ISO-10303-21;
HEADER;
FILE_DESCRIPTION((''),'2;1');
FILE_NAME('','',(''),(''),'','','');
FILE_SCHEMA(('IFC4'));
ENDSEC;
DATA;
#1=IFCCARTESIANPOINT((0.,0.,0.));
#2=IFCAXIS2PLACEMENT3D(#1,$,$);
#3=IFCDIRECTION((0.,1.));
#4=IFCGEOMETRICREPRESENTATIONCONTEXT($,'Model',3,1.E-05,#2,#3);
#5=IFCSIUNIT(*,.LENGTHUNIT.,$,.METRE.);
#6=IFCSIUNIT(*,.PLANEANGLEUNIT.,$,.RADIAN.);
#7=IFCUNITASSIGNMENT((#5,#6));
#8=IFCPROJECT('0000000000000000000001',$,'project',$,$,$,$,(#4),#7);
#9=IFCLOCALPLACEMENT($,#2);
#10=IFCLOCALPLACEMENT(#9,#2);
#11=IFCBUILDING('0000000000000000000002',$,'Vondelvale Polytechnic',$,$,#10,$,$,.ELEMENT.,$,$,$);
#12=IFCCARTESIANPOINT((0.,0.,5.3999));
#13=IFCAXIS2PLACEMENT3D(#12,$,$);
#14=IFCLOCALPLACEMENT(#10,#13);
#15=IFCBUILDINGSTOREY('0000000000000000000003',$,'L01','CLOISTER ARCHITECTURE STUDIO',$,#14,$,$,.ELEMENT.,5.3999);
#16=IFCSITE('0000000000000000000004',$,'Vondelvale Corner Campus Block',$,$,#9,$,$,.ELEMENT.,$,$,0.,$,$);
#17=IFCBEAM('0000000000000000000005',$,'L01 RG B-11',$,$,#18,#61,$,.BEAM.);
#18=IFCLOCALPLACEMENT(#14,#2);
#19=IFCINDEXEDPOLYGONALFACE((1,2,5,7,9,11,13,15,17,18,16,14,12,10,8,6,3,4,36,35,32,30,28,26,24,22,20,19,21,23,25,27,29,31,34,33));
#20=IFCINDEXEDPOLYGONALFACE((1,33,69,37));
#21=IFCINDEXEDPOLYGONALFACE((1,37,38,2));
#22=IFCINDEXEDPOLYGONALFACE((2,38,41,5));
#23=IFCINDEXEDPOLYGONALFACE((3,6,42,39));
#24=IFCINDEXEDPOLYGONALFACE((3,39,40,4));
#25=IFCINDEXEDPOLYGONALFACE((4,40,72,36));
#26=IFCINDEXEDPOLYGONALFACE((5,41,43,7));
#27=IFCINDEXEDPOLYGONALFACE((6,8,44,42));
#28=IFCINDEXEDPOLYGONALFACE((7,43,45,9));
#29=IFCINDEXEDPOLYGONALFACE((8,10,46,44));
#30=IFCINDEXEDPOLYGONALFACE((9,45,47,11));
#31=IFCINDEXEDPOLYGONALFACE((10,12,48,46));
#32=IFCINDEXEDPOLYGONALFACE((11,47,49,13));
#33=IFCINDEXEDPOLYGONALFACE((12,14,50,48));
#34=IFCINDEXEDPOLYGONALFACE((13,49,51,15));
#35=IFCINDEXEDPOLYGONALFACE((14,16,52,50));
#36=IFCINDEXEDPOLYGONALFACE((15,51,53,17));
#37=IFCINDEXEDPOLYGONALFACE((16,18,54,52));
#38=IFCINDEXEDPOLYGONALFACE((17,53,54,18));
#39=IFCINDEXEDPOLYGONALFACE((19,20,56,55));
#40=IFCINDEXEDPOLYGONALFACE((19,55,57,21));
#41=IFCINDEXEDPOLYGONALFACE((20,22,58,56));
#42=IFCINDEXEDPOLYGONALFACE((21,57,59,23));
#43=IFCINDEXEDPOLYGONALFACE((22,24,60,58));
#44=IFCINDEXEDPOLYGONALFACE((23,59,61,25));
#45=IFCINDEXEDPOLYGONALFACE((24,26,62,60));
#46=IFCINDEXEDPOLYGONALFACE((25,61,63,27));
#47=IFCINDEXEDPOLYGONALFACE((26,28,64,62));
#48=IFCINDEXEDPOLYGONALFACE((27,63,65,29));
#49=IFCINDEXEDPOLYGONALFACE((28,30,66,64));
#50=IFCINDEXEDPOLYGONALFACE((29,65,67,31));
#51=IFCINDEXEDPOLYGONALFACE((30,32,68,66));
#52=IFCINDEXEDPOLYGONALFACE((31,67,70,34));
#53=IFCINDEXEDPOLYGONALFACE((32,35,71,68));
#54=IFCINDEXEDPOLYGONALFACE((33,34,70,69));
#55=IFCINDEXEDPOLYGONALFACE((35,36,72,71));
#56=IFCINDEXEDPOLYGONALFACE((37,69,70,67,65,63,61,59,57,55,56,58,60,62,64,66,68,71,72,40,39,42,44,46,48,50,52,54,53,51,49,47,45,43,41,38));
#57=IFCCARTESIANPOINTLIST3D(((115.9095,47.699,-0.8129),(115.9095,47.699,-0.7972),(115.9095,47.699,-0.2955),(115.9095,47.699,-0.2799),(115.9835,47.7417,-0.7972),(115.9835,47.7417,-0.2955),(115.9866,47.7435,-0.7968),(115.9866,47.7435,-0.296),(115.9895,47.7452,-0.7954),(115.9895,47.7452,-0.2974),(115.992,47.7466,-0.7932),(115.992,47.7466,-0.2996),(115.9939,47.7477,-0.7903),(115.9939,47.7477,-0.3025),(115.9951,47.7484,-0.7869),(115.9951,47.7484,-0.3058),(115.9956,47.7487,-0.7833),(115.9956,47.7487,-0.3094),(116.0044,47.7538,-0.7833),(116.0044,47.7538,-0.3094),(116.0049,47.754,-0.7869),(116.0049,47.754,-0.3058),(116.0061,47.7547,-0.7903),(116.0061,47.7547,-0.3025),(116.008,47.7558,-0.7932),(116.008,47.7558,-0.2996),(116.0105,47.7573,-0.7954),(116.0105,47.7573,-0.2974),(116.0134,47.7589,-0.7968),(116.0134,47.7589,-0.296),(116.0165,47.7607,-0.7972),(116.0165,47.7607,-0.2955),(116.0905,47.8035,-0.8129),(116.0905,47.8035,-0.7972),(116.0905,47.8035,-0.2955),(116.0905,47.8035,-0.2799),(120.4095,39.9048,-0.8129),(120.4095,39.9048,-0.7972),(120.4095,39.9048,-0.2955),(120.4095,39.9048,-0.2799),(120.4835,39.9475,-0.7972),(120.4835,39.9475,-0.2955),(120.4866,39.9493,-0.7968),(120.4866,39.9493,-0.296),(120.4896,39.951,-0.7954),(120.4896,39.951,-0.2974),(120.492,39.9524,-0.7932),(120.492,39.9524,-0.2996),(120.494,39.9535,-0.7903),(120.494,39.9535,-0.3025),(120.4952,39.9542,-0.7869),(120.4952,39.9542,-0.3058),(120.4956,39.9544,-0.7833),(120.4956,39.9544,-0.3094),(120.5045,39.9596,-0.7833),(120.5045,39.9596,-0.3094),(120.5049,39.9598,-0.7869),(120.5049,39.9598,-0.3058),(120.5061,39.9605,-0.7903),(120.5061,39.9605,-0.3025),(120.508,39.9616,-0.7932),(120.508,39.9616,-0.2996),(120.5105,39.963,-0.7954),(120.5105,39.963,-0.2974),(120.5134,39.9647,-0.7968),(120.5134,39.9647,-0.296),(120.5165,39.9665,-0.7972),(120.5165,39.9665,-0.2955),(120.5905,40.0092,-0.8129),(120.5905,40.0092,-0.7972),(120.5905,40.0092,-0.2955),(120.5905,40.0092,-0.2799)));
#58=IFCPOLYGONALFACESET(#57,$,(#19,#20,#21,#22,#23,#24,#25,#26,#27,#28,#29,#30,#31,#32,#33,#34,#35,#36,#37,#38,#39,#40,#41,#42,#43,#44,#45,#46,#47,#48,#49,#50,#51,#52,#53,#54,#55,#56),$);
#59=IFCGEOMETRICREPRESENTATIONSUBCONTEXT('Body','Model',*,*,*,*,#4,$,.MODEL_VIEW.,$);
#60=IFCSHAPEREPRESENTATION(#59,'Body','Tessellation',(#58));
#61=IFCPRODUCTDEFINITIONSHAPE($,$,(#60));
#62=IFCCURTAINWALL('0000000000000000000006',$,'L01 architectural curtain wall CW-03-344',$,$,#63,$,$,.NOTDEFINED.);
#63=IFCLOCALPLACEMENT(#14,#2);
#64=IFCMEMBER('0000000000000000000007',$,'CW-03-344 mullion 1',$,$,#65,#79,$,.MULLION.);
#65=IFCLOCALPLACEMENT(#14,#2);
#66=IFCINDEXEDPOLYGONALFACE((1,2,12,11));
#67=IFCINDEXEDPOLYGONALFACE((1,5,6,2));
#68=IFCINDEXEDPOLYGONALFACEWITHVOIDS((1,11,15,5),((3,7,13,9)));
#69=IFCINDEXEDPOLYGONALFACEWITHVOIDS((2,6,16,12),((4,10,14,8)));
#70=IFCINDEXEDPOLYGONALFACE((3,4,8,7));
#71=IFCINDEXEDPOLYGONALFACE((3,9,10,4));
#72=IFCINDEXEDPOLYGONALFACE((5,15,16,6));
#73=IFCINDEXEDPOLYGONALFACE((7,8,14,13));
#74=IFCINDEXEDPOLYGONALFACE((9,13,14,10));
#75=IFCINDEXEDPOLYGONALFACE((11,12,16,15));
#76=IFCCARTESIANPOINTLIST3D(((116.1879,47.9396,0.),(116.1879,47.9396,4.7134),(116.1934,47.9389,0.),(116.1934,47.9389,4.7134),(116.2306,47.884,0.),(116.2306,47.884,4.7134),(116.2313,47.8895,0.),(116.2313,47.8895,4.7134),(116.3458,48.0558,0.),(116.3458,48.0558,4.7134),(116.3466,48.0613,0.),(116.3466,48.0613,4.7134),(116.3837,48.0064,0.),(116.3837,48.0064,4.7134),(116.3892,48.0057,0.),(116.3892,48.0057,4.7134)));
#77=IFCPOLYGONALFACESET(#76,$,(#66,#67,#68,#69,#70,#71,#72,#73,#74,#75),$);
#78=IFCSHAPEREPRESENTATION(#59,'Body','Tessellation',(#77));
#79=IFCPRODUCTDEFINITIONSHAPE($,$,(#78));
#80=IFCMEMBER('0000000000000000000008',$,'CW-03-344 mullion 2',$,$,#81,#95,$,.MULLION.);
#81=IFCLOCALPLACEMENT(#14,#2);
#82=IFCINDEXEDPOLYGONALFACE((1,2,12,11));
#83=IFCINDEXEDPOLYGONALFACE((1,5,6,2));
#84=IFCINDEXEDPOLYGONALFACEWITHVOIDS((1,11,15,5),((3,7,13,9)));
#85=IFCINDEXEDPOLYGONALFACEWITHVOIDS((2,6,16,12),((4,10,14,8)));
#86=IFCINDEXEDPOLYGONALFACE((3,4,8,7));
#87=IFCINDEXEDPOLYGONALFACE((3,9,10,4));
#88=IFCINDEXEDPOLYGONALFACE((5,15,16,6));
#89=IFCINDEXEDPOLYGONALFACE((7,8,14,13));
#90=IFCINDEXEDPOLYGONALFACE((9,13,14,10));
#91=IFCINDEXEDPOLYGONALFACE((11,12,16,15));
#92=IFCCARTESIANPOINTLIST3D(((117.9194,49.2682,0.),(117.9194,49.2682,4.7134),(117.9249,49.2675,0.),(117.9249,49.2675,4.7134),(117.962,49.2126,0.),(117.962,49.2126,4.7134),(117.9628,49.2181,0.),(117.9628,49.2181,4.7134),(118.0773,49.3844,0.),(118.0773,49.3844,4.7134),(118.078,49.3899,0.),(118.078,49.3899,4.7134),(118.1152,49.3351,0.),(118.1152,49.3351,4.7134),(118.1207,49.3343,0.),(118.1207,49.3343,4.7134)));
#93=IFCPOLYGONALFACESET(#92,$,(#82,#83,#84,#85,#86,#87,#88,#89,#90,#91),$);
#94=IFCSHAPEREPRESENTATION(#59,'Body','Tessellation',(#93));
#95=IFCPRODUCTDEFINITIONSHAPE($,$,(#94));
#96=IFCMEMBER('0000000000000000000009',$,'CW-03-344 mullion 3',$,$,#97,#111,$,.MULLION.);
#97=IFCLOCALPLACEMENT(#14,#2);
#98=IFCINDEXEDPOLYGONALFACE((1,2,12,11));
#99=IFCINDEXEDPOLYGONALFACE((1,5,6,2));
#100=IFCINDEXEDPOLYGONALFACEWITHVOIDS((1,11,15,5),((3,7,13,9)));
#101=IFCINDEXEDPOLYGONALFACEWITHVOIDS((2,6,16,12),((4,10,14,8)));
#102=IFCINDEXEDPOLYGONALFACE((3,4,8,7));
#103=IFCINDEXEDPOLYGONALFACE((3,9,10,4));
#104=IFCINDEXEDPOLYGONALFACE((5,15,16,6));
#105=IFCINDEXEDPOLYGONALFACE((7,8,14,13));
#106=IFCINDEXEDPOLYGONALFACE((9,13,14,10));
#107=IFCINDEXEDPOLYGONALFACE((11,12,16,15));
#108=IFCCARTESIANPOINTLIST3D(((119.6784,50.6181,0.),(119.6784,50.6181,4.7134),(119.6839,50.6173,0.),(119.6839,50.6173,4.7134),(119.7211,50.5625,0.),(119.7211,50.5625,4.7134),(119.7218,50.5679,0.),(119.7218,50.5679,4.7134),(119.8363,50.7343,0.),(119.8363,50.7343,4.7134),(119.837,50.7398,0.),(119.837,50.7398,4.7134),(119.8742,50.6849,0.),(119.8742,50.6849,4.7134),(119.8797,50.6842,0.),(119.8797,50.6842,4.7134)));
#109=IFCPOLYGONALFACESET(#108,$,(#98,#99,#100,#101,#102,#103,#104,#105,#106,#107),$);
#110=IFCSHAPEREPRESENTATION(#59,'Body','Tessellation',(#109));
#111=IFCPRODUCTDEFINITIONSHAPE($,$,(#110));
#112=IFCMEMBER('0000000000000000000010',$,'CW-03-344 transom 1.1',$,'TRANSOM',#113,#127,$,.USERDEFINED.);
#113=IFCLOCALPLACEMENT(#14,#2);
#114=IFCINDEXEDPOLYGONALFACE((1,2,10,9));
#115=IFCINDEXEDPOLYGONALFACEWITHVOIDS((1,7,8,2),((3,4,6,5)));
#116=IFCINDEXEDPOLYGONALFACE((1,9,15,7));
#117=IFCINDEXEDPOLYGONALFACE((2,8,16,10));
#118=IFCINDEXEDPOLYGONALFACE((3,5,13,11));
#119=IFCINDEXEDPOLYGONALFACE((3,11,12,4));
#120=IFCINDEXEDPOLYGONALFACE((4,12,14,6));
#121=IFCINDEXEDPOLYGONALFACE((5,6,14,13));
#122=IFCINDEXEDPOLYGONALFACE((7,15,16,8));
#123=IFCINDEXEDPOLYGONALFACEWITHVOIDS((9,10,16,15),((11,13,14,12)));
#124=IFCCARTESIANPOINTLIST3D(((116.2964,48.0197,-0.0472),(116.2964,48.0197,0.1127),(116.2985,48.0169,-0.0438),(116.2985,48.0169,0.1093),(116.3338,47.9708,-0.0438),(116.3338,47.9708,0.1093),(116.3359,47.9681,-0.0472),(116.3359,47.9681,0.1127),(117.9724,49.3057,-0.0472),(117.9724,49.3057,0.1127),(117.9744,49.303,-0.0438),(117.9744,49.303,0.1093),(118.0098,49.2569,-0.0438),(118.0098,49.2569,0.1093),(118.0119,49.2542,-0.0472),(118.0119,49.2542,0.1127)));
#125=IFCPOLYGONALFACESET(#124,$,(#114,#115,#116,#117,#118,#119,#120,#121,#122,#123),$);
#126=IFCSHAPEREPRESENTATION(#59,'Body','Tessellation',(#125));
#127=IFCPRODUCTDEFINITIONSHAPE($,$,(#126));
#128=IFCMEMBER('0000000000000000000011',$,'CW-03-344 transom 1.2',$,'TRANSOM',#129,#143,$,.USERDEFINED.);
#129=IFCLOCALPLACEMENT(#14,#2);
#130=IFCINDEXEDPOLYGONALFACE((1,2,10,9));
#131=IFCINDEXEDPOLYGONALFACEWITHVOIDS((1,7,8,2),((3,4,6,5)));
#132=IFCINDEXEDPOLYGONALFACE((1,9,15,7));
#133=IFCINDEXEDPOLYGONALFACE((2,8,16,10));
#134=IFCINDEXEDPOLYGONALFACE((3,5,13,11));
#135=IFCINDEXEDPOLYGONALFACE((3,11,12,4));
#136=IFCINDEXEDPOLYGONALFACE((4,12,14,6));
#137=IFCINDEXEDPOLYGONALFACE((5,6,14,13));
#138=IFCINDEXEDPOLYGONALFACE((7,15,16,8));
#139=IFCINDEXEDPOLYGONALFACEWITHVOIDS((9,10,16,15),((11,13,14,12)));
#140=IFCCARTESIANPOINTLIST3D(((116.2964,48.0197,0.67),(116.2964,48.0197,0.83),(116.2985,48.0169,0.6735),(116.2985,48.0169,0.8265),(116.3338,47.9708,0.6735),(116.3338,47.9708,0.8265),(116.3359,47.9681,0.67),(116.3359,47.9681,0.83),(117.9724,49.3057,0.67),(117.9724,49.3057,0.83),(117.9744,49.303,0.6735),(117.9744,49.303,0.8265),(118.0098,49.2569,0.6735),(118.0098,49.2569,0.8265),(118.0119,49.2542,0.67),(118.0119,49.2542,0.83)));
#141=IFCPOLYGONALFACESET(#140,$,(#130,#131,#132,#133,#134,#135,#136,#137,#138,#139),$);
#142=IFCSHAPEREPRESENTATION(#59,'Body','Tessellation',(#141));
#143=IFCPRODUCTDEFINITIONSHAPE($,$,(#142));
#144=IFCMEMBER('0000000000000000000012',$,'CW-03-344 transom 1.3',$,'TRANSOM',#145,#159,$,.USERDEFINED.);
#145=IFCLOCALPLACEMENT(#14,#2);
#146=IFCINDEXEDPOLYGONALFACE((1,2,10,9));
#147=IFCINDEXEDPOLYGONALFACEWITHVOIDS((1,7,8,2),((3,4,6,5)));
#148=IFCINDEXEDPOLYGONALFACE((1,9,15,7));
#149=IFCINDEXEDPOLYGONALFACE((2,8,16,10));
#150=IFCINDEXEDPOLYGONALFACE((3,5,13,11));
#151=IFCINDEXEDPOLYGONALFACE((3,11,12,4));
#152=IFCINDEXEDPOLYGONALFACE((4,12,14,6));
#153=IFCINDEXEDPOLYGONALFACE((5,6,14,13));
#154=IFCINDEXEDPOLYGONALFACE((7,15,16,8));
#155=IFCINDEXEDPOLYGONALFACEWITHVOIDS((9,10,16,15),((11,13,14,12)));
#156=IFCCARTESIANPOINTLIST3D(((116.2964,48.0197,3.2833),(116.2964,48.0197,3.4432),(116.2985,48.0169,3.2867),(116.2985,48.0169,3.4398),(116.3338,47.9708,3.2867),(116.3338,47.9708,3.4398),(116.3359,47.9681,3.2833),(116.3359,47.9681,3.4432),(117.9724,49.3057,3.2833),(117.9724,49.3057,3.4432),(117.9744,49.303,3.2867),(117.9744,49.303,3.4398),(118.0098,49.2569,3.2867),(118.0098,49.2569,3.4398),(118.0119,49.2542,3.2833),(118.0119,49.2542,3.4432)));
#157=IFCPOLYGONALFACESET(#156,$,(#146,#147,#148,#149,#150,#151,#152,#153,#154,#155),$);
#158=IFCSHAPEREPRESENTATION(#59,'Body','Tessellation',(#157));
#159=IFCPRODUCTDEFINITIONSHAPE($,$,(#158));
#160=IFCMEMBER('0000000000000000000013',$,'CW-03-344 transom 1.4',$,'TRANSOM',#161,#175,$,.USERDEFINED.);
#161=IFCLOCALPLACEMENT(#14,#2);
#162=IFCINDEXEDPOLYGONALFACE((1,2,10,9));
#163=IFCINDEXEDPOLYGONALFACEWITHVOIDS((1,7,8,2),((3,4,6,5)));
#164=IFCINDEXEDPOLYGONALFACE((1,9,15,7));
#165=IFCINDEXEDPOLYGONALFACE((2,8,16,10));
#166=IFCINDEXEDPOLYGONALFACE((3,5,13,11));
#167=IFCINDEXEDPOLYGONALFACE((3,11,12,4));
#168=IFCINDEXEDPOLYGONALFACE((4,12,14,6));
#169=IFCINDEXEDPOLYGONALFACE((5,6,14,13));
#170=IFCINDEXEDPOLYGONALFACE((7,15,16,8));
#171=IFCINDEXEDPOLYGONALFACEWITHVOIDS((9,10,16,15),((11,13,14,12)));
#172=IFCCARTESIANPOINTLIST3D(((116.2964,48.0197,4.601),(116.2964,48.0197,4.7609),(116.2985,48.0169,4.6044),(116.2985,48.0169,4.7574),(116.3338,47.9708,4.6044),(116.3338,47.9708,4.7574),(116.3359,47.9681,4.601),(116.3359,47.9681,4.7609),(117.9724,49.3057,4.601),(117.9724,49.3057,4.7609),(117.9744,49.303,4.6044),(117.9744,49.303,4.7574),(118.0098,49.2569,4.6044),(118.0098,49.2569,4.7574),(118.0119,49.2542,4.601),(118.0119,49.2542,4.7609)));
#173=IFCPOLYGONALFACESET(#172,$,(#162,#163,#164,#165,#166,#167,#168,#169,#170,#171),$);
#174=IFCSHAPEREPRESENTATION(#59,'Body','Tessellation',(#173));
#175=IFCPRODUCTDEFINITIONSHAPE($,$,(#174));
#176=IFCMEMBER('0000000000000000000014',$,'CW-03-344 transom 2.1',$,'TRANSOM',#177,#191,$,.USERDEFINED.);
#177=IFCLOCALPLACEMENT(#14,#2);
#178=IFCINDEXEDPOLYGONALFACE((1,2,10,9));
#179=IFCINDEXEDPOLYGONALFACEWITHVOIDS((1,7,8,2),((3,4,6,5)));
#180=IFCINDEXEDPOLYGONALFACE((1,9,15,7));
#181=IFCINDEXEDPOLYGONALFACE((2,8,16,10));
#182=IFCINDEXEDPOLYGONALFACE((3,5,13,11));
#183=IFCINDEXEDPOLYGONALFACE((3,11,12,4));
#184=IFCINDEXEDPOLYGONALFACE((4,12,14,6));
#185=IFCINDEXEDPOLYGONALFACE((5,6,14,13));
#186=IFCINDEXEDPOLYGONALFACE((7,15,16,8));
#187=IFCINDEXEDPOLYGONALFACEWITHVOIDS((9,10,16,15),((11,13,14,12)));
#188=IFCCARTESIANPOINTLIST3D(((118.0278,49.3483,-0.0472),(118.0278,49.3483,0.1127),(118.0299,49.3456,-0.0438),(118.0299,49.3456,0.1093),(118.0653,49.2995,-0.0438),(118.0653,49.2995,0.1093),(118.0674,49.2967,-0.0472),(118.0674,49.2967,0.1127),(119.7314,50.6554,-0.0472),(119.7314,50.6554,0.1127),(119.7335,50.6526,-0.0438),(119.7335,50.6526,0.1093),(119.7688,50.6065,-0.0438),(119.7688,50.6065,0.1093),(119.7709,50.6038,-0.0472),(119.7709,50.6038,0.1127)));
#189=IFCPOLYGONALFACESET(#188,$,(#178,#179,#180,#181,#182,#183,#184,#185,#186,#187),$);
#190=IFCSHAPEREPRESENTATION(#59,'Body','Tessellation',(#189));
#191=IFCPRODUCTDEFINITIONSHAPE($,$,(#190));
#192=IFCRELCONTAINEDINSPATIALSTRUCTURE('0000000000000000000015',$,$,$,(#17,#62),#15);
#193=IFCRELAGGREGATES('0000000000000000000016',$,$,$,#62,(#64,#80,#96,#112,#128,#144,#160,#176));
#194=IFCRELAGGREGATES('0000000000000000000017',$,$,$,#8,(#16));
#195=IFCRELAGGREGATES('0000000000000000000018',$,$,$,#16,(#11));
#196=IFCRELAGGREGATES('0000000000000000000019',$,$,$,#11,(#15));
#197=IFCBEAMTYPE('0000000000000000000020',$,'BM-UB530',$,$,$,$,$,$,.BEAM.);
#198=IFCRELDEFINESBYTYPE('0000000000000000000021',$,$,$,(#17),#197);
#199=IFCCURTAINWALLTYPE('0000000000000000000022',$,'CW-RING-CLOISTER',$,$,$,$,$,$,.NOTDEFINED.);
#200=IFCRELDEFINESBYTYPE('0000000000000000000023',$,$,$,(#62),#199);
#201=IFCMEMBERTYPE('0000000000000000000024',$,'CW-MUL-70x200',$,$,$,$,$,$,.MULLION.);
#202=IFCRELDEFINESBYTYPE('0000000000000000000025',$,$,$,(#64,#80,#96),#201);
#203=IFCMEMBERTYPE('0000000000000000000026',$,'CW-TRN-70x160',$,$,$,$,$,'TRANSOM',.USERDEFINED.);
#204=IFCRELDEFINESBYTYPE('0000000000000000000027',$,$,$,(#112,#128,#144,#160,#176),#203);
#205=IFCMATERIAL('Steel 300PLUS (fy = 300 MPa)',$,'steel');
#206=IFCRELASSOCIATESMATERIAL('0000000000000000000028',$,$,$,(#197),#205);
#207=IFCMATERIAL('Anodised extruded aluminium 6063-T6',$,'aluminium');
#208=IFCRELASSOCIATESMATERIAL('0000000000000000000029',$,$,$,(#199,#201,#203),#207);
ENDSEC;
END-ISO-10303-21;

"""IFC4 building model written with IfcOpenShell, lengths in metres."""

from ifc_helpers import new_model, si_unit, direction, frame, origin, origin_2d, place, context, subcontext, project, spatial, hollow_rectangle, i_section, extrude, material, material_profile, profile_set, type_object, element, aggregate, save


model = new_model("IFC4")

# Units and contexts
model_context = context("Model", 3, precision=1e-05, world=origin(), true_north=direction((0.0, 1.0)))
body_context = subcontext(model_context, "Body", "Model", "MODEL_VIEW")
ifc_project = project(units=[si_unit("LENGTHUNIT", "METRE"), si_unit("PLANEANGLEUNIT", "RADIAN")], contexts=[model_context])

# Site, building, storey
site_placement = place(None, origin())
site = spatial("IfcSite", under=ifc_project, at=site_placement, Name="Vondelvale Corner Campus Block", CompositionType="ELEMENT", RefElevation=0.0)
building_placement = place(site_placement, origin())
building = spatial("IfcBuilding", under=site, at=building_placement, Name="Vondelvale Polytechnic", CompositionType="ELEMENT")
storey_placement = place(building_placement, frame((0.0, 0.0, 5.3999)))
storey = spatial("IfcBuildingStorey", under=building, at=storey_placement, Name="L01", Description="CLOISTER ARCHITECTURE STUDIO", CompositionType="ELEMENT", Elevation=5.3999)

# Beam
ifc_material_1 = material(Name="Steel 300PLUS (fy = 300 MPa)", Category="steel")
ifc_material_profile_1 = material_profile(ifc_material_1, i_section(OverallWidth=0.209, OverallDepth=0.533, WebThickness=0.0103, FlangeThickness=0.0156, FilletRadius=0.0139, at=origin_2d()), Name="530UB92.4")
ifc_profile_set_1 = profile_set([ifc_material_profile_1], Name="Steel 300PLUS (fy = 300 MPa)")
beam_type_1 = type_object("IfcBeamType", Name="BM-UB530", PredefinedType="BEAM", material=ifc_profile_set_1)
beam_1_placement = place(storey_placement, frame((116.0, 47.7512, -0.5464), z_axis=(0.500002, -0.866024, 0.0), x_axis=(0.866024, 0.500002, 0.0)))
element("IfcBeam", 1, at=beam_1_placement, inside=storey, type_object=beam_type_1, Name="L01 RG B-11", PredefinedType="BEAM", context=body_context, shape_type="SweptSolid", body=[
    extrude(i_section(OverallWidth=0.209, OverallDepth=0.533, WebThickness=0.0103, FlangeThickness=0.0156, FilletRadius=0.0139, at=origin_2d()), origin(), (0.0, 0.0, 1.0), 9.0),
])

# Curtain wall, members
ifc_material_2 = material(Name="Anodised extruded aluminium 6063-T6", Category="aluminium")
curtain_wall_type = type_object("IfcCurtainWallType", Name="CW-RING-CLOISTER", PredefinedType="NOTDEFINED", material=ifc_material_2)
curtain_wall_placement = place(storey_placement, origin())
curtain_wall = element("IfcCurtainWall", 2, at=curtain_wall_placement, inside=storey, type_object=curtain_wall_type, Name="L01 architectural curtain wall CW-03-344", PredefinedType="NOTDEFINED")
ifc_material_profile_2 = material_profile(ifc_material_2, hollow_rectangle(XDim=0.0701, YDim=0.2, WallThickness=0.0039, at=origin_2d()), Name="CW-MUL-200x70")
ifc_profile_set_2 = profile_set([ifc_material_profile_2], Name="Anodised extruded aluminium 6063-T6")
member_type_1 = type_object("IfcMemberType", Name="CW-MUL-70x200", PredefinedType="MULLION", material=ifc_profile_set_2)
member_1_placement = place(storey_placement, frame((116.2886, 47.9727, 0.0), z_axis=(0.0, 0.0, 1.0), x_axis=(-0.608748, 0.793364, 0.0)))
member_1 = element("IfcMember", 3, at=member_1_placement, type_object=member_type_1, Name="CW-03-344 mullion 1", PredefinedType="MULLION", context=body_context, shape_type="SweptSolid", body=[
    extrude(hollow_rectangle(XDim=0.0701, YDim=0.2, WallThickness=0.0039, at=origin_2d()), origin(), (0.0, 0.0, 1.0), 4.7134),
])
member_2_placement = place(storey_placement, frame((118.02, 49.3013, 0.0), z_axis=(0.0, 0.0, 1.0), x_axis=(-0.608748, 0.793364, 0.0)))
member_2 = element("IfcMember", 4, at=member_2_placement, type_object=member_type_1, Name="CW-03-344 mullion 2", PredefinedType="MULLION", context=body_context, shape_type="SweptSolid", body=[
    extrude(hollow_rectangle(XDim=0.0701, YDim=0.2, WallThickness=0.0039, at=origin_2d()), origin(), (0.0, 0.0, 1.0), 4.7134),
])
member_3_placement = place(storey_placement, frame((119.7791, 50.6511, 0.0), z_axis=(0.0, 0.0, 1.0), x_axis=(-0.608748, 0.793364, 0.0)))
member_3 = element("IfcMember", 5, at=member_3_placement, type_object=member_type_1, Name="CW-03-344 mullion 3", PredefinedType="MULLION", context=body_context, shape_type="SweptSolid", body=[
    extrude(hollow_rectangle(XDim=0.0701, YDim=0.2, WallThickness=0.0039, at=origin_2d()), origin(), (0.0, 0.0, 1.0), 4.7134),
])
ifc_material_profile_3 = material_profile(ifc_material_2, hollow_rectangle(XDim=0.0649, YDim=0.1599, WallThickness=0.0034, at=origin_2d()), Name="CW-TRN-160x65")
ifc_profile_set_3 = profile_set([ifc_material_profile_3], Name="Anodised extruded aluminium 6063-T6")
member_type_2 = type_object("IfcMemberType", Name="CW-TRN-70x160", ElementType="TRANSOM", PredefinedType="USERDEFINED", material=ifc_profile_set_3)
member_4_placement = place(storey_placement, frame((116.3162, 47.9939, 0.0327), z_axis=(0.793337, 0.608783, 0.0), x_axis=(-0.608783, 0.793337, 0.0)))
member_4 = element("IfcMember", 6, at=member_4_placement, type_object=member_type_2, Name="CW-03-344 transom 1.1", ObjectType="TRANSOM", PredefinedType="USERDEFINED", context=body_context, shape_type="SweptSolid", body=[
    extrude(hollow_rectangle(XDim=0.0649, YDim=0.1599, WallThickness=0.0034, at=origin_2d()), origin(), (0.0, 0.0, 1.0), 2.1125),
])
member_5_placement = place(storey_placement, frame((116.3162, 47.9939, 0.75), z_axis=(0.793337, 0.608783, 0.0), x_axis=(-0.608783, 0.793337, 0.0)))
member_5 = element("IfcMember", 7, at=member_5_placement, type_object=member_type_2, Name="CW-03-344 transom 1.2", ObjectType="TRANSOM", PredefinedType="USERDEFINED", context=body_context, shape_type="SweptSolid", body=[
    extrude(hollow_rectangle(XDim=0.0649, YDim=0.1599, WallThickness=0.0034, at=origin_2d()), origin(), (0.0, 0.0, 1.0), 2.1125),
])
member_6_placement = place(storey_placement, frame((116.3162, 47.9939, 3.3633), z_axis=(0.793337, 0.608783, 0.0), x_axis=(-0.608783, 0.793337, 0.0)))
member_6 = element("IfcMember", 8, at=member_6_placement, type_object=member_type_2, Name="CW-03-344 transom 1.3", ObjectType="TRANSOM", PredefinedType="USERDEFINED", context=body_context, shape_type="SweptSolid", body=[
    extrude(hollow_rectangle(XDim=0.0649, YDim=0.1599, WallThickness=0.0034, at=origin_2d()), origin(), (0.0, 0.0, 1.0), 2.1125),
])
member_7_placement = place(storey_placement, frame((116.3162, 47.9939, 4.6809), z_axis=(0.793337, 0.608783, 0.0), x_axis=(-0.608783, 0.793337, 0.0)))
member_7 = element("IfcMember", 9, at=member_7_placement, type_object=member_type_2, Name="CW-03-344 transom 1.4", ObjectType="TRANSOM", PredefinedType="USERDEFINED", context=body_context, shape_type="SweptSolid", body=[
    extrude(hollow_rectangle(XDim=0.0649, YDim=0.1599, WallThickness=0.0034, at=origin_2d()), origin(), (0.0, 0.0, 1.0), 2.1125),
])
member_8_placement = place(storey_placement, frame((118.0476, 49.3225, 0.0327), z_axis=(0.793376, 0.608732, 0.0), x_axis=(-0.608732, 0.793376, 0.0)))
member_8 = element("IfcMember", 10, at=member_8_placement, type_object=member_type_2, Name="CW-03-344 transom 2.1", ObjectType="TRANSOM", PredefinedType="USERDEFINED", context=body_context, shape_type="SweptSolid", body=[
    extrude(hollow_rectangle(XDim=0.0649, YDim=0.1599, WallThickness=0.0034, at=origin_2d()), origin(), (0.0, 0.0, 1.0), 2.1472),
])

aggregate(curtain_wall, [member_1, member_2, member_3, member_4, member_5, member_6, member_7, member_8])

save(model, "model.ifc")
